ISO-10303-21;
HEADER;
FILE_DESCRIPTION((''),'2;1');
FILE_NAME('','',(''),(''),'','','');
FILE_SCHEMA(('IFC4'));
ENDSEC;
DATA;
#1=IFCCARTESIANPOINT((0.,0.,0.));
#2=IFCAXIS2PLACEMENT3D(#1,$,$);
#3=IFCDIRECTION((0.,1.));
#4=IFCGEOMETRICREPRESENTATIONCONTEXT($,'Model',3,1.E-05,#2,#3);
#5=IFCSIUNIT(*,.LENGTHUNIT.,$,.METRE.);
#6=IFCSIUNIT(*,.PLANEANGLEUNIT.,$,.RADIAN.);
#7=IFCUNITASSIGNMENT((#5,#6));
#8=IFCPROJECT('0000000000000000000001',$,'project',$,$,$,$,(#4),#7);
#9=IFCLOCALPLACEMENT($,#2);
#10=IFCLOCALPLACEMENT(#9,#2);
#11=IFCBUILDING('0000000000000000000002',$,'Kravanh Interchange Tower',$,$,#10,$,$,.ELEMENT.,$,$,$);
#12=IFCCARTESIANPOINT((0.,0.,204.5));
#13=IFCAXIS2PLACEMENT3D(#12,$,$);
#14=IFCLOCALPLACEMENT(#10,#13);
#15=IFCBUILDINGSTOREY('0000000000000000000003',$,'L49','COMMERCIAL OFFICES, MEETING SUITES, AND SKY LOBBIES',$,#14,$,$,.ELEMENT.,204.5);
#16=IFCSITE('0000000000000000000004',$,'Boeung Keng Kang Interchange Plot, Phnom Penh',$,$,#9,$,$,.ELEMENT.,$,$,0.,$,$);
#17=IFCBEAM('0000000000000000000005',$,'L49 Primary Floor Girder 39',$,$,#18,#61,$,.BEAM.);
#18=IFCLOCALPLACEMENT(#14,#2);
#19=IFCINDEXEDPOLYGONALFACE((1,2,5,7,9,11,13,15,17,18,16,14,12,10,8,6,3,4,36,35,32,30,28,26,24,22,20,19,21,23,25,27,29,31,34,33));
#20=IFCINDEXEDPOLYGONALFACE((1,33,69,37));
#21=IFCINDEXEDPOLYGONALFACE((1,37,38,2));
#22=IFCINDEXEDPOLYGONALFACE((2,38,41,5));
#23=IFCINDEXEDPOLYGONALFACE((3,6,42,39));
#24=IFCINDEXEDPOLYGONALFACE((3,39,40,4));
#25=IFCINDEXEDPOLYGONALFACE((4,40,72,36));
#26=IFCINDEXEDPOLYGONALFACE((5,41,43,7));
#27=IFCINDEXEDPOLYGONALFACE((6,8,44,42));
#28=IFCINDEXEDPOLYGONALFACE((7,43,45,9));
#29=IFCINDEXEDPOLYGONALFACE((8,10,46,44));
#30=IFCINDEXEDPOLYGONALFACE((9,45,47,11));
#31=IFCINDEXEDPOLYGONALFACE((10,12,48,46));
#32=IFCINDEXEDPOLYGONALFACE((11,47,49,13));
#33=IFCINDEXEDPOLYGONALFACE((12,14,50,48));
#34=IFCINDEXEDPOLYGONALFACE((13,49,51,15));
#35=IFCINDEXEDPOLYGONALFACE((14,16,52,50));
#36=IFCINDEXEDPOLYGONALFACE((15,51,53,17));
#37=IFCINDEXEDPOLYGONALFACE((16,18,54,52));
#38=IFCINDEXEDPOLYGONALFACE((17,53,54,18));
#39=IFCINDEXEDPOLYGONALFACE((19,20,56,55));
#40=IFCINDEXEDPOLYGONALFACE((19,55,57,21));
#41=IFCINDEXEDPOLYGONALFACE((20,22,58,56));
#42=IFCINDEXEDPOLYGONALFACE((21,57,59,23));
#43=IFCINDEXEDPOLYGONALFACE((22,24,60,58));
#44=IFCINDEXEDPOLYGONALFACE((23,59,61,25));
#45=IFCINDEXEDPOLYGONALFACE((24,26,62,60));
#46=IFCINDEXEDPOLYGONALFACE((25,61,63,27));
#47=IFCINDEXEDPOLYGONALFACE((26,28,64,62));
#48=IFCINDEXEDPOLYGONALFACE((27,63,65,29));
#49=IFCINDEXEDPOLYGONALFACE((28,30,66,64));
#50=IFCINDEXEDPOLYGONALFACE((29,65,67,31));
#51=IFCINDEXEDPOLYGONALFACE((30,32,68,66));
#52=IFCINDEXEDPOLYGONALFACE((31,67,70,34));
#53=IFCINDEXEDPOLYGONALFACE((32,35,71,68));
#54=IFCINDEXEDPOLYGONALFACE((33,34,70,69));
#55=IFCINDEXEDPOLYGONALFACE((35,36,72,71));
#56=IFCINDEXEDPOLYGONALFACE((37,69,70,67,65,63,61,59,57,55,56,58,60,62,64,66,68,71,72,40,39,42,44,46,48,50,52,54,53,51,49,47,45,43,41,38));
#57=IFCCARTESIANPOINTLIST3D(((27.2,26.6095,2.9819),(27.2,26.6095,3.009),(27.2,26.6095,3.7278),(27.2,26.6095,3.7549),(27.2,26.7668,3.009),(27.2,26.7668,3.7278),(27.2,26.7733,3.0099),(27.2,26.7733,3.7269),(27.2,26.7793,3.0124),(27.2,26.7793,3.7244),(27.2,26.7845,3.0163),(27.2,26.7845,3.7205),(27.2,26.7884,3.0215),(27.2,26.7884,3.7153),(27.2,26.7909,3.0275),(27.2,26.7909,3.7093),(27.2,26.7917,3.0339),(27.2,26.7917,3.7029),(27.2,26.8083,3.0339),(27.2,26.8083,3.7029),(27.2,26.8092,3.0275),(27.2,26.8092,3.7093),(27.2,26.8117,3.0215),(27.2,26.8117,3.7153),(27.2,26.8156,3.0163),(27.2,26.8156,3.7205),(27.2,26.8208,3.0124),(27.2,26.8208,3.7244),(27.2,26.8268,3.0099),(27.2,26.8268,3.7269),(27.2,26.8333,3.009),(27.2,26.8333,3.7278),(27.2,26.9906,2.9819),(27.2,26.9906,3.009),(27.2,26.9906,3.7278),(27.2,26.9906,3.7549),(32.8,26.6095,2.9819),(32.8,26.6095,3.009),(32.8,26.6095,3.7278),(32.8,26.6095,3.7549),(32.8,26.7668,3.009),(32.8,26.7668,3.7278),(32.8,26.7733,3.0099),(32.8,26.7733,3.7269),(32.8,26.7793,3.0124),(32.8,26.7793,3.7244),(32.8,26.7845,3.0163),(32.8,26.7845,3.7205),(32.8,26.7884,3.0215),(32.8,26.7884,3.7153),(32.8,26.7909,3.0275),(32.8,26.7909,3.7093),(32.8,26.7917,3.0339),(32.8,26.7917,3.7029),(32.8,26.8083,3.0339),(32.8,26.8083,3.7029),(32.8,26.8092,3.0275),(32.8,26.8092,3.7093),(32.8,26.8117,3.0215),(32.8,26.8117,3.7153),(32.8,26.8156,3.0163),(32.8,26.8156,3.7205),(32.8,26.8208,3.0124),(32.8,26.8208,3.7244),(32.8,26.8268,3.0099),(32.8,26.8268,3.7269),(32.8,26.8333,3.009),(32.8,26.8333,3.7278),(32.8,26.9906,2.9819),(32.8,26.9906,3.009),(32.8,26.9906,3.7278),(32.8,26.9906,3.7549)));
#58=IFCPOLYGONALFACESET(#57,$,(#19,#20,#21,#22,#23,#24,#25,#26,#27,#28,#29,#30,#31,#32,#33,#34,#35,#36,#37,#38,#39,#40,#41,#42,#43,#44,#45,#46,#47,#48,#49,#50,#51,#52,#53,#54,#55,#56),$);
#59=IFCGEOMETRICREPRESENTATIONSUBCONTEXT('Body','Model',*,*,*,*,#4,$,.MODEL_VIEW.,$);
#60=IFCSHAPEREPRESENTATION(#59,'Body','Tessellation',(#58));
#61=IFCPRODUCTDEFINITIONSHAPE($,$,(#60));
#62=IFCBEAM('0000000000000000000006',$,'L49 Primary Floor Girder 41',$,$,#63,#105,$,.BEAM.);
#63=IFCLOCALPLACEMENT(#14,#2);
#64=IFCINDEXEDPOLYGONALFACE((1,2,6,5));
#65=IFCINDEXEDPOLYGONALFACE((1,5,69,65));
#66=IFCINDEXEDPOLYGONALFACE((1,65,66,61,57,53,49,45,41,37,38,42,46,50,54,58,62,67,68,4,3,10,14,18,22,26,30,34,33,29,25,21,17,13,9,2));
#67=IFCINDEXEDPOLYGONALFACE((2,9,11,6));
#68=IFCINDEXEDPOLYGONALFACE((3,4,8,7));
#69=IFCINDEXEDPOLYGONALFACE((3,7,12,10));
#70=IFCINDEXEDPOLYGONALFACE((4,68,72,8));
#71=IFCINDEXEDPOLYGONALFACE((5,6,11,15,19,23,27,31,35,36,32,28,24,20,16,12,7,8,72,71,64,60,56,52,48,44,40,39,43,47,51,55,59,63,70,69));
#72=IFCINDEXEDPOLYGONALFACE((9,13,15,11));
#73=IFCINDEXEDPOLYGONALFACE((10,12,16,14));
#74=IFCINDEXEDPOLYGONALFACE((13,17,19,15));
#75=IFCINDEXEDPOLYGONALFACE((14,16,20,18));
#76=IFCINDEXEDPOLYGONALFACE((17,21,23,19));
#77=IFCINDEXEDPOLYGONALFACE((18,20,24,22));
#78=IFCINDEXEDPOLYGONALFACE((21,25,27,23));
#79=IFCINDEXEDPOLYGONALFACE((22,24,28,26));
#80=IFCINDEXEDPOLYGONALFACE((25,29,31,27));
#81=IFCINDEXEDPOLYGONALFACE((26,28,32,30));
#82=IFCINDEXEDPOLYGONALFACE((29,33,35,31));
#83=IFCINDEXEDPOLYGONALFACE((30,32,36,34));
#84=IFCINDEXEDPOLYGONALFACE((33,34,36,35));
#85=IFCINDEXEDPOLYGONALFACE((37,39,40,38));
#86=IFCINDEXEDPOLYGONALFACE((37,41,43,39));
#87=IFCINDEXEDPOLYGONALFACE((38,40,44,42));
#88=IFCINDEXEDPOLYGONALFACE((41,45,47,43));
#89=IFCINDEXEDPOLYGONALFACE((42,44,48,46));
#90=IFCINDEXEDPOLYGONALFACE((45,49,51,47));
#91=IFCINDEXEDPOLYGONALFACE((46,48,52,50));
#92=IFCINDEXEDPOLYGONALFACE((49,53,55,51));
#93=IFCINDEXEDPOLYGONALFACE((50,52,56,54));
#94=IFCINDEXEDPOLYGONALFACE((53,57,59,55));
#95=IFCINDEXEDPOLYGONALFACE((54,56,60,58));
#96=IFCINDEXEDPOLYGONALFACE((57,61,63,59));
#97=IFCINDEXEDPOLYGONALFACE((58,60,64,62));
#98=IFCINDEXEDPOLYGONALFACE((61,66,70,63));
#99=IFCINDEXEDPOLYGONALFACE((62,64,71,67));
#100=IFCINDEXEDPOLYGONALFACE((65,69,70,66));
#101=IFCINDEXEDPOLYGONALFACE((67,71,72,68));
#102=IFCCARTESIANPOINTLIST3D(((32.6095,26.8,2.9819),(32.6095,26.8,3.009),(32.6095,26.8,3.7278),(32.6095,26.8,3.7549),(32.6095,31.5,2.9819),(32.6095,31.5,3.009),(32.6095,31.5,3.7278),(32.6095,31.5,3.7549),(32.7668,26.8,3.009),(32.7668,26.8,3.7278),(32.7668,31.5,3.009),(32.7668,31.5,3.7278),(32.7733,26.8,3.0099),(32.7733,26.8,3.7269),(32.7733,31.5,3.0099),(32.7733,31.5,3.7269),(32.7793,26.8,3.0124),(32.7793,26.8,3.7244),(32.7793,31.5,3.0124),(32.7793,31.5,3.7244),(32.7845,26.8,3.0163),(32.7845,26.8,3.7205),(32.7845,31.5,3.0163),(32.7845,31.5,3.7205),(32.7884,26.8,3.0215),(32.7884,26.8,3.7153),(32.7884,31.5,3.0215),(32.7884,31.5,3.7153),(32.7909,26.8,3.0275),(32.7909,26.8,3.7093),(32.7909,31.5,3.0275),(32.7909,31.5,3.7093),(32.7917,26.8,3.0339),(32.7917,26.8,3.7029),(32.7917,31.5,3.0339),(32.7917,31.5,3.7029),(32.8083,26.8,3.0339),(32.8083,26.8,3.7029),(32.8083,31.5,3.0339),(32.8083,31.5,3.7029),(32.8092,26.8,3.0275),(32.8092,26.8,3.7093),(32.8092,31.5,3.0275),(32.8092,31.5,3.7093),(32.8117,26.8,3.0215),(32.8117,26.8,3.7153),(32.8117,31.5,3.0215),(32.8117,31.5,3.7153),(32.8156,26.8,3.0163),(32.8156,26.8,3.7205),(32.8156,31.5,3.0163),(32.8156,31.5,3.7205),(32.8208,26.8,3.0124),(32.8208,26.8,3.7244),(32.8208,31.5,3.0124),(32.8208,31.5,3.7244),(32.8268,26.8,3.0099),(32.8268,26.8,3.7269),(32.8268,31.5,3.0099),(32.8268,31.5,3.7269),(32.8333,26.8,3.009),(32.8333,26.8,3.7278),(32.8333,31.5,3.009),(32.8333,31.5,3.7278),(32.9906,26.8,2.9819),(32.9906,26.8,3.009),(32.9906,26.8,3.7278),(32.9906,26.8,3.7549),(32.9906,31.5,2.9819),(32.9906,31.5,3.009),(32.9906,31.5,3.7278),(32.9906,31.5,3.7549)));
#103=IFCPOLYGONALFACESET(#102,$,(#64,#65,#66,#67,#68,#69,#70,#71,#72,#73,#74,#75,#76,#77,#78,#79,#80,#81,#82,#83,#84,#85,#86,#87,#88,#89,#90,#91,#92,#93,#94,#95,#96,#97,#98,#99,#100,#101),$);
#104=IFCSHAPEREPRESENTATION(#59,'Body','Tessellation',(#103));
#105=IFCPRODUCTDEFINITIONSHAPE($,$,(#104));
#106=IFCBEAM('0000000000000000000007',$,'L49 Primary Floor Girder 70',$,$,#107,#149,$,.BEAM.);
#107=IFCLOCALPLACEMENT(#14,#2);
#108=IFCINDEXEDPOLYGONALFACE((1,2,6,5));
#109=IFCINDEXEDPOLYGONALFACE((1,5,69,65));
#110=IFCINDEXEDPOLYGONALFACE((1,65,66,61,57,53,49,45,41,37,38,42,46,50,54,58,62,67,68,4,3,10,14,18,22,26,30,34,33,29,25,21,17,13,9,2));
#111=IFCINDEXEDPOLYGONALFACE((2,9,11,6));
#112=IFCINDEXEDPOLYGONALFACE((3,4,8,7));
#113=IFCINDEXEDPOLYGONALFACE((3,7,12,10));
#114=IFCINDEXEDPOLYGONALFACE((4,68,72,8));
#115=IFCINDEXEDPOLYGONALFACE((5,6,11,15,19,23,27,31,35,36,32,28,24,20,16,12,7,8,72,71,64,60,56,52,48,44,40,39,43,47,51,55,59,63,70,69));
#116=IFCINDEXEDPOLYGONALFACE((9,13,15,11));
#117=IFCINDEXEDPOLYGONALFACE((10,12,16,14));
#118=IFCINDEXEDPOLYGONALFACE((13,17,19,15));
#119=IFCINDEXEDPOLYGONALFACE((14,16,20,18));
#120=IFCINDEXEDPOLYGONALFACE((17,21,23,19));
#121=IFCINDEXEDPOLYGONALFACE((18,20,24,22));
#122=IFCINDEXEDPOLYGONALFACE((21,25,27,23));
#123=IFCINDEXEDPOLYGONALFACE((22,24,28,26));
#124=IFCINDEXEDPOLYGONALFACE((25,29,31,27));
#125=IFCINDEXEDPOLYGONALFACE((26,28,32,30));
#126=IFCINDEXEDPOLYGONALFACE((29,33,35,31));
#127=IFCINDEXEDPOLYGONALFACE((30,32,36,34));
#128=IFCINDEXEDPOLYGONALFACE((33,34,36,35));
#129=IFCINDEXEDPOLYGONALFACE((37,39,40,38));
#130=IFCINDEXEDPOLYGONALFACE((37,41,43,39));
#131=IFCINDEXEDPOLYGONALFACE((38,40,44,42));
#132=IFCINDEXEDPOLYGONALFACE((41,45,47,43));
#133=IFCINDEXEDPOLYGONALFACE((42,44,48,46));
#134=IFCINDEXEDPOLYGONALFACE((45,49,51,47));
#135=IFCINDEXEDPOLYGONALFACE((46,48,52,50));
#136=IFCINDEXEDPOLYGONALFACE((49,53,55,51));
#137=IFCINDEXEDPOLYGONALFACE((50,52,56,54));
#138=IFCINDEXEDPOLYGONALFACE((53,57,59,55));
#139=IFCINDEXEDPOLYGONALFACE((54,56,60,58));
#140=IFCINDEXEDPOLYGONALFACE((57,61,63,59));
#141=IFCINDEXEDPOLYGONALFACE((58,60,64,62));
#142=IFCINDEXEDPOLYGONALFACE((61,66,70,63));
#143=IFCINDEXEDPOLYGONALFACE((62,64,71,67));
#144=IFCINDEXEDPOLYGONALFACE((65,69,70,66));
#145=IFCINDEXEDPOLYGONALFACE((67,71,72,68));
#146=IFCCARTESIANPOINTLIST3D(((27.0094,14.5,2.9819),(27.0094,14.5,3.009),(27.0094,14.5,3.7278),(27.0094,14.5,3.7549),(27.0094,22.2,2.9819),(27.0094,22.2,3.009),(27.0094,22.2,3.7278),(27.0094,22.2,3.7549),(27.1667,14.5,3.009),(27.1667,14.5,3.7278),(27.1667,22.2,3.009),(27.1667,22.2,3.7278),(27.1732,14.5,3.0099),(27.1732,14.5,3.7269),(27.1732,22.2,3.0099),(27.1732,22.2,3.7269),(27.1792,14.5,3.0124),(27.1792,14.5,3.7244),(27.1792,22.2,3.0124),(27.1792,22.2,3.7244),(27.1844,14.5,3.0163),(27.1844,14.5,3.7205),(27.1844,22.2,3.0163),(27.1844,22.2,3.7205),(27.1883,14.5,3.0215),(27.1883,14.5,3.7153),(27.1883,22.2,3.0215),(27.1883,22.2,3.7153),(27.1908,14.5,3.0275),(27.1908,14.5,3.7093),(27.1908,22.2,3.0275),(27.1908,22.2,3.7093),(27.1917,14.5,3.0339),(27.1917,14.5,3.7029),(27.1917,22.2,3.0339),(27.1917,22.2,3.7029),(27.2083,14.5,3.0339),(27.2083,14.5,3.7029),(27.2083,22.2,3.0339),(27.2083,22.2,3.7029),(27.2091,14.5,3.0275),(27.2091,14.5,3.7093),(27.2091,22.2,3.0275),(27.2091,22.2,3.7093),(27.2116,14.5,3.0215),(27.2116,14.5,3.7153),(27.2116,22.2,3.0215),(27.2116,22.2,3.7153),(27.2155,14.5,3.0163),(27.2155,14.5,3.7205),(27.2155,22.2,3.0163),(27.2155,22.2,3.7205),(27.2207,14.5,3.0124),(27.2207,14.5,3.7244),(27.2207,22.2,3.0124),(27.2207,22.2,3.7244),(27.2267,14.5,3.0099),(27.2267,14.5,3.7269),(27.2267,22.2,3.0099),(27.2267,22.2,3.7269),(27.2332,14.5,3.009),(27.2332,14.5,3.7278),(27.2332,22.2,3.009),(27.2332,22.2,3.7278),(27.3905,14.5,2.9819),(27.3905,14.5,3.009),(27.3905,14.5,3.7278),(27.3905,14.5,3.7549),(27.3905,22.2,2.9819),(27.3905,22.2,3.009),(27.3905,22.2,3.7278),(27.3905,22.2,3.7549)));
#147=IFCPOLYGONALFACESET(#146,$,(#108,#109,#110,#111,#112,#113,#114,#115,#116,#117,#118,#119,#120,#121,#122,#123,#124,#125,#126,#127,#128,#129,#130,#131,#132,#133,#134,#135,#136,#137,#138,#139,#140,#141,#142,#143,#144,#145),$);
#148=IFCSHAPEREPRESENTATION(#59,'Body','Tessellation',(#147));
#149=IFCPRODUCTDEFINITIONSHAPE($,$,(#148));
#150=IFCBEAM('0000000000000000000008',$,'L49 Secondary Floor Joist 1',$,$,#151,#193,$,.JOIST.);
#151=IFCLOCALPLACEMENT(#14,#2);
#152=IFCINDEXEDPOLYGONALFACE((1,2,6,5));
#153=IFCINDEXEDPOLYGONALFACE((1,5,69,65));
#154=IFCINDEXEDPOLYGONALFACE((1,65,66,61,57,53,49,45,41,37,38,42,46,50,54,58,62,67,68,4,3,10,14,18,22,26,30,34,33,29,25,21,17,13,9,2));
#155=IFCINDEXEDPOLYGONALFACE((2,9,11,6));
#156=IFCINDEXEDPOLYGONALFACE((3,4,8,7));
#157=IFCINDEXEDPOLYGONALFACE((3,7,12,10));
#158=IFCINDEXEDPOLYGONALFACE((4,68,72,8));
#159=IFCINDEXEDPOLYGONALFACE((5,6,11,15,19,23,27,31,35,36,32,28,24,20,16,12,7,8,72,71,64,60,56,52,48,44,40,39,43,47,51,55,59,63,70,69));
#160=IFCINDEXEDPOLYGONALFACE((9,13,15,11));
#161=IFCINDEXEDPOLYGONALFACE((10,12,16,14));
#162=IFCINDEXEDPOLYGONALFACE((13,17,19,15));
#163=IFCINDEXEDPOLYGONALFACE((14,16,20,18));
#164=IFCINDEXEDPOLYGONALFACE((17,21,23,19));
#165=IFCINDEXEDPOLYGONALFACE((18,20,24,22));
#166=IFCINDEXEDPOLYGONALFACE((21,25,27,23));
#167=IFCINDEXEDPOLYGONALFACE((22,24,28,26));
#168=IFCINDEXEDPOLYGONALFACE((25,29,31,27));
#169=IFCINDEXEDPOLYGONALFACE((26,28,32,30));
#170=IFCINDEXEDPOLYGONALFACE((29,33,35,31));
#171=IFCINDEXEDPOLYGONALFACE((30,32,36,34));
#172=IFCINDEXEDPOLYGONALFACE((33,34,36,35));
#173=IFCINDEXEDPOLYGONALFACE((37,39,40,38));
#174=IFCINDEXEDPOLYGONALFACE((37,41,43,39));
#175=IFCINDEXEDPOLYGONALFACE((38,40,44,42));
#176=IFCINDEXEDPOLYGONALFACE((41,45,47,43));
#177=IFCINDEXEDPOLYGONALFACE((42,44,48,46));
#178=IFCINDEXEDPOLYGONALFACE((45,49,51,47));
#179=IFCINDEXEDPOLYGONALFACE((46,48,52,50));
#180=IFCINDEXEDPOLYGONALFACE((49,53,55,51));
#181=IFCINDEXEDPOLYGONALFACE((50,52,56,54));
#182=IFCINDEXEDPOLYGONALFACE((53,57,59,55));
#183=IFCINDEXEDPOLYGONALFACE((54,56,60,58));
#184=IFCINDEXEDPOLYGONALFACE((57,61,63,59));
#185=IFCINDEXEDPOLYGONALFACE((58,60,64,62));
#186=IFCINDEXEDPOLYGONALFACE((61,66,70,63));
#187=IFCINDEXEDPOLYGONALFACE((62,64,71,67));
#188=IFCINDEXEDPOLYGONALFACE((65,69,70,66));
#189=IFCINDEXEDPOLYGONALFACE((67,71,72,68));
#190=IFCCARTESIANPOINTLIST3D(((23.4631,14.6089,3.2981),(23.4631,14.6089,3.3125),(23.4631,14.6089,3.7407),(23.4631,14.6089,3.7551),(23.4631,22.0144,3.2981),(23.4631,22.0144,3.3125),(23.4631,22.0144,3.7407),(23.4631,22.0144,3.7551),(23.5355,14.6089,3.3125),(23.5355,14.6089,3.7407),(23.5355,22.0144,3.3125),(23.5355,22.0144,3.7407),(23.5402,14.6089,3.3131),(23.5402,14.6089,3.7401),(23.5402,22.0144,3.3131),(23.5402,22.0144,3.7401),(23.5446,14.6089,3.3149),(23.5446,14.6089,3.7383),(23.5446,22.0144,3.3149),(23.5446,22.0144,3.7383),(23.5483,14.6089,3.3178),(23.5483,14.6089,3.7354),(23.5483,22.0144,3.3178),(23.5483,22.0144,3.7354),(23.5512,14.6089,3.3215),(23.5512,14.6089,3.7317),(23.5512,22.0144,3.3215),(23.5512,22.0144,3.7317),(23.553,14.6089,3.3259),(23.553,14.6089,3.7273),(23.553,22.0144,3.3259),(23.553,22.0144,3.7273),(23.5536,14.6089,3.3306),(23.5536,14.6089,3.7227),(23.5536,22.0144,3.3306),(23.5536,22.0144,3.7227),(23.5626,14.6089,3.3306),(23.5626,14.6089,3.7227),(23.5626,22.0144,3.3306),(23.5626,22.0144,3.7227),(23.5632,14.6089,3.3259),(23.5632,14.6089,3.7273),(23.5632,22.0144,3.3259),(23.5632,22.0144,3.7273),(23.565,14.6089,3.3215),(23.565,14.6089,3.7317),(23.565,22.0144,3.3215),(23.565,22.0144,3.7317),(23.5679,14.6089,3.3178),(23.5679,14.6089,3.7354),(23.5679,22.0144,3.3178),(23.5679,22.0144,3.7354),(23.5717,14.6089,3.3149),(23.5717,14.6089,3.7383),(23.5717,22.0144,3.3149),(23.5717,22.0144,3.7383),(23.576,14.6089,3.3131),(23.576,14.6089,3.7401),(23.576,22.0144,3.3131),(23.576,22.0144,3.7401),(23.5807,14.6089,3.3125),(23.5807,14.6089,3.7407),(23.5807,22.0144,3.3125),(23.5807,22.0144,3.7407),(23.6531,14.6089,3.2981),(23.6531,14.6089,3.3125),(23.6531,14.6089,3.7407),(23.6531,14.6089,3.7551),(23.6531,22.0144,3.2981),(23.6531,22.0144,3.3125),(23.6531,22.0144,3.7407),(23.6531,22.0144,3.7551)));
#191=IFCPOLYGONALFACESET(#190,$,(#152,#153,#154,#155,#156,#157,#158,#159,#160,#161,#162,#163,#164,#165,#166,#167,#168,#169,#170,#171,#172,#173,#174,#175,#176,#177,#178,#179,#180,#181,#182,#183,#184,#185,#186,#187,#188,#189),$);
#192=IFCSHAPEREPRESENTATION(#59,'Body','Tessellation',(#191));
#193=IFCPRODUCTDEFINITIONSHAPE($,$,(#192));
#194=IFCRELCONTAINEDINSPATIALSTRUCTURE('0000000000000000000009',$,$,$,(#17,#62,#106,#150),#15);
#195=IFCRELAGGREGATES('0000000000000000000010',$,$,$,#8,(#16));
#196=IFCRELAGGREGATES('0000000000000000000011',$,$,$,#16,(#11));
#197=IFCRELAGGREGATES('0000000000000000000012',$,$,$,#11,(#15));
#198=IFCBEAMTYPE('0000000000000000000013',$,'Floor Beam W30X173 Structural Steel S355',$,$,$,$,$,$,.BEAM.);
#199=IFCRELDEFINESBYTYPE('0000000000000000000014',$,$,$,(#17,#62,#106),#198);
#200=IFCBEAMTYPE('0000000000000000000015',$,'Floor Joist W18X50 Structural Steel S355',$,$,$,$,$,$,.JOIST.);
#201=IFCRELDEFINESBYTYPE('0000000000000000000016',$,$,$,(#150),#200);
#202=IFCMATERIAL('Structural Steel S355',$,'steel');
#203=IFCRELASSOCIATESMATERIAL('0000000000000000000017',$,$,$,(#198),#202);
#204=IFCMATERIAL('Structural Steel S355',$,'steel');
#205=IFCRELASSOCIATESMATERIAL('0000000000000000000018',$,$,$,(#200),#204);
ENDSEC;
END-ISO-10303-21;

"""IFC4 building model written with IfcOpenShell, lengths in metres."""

from ifc_helpers import new_model, si_unit, direction, frame, origin, origin_2d, place, context, subcontext, project, spatial, i_section, extrude, material, material_profile, profile_set, type_object, element, save


model = new_model("IFC4")

# Units and contexts
model_context = context("Model", 3, precision=1e-05, world=origin(), true_north=direction((0.0, 1.0)))
body_context = subcontext(model_context, "Body", "Model", "MODEL_VIEW")
ifc_project = project(units=[si_unit("LENGTHUNIT", "METRE"), si_unit("PLANEANGLEUNIT", "RADIAN")], contexts=[model_context])

# Site, building, storey
site_placement = place(None, origin())
site = spatial("IfcSite", under=ifc_project, at=site_placement, Name="Boeung Keng Kang Interchange Plot, Phnom Penh", CompositionType="ELEMENT", RefElevation=0.0)
building_placement = place(site_placement, origin())
building = spatial("IfcBuilding", under=site, at=building_placement, Name="Kravanh Interchange Tower", CompositionType="ELEMENT")
storey_placement = place(building_placement, frame((0.0, 0.0, 204.5)))
storey = spatial("IfcBuildingStorey", under=building, at=storey_placement, Name="L49", Description="COMMERCIAL OFFICES, MEETING SUITES, AND SKY LOBBIES", CompositionType="ELEMENT", Elevation=204.5)

# Beams
ifc_material_1 = material(Name="Structural Steel S355", Category="steel")
ifc_material_profile_1 = material_profile(ifc_material_1, i_section(OverallWidth=0.3811, OverallDepth=0.7729, WebThickness=0.0166, FlangeThickness=0.0271, FilletRadius=0.0249, at=origin_2d()), Name="W30X173")
ifc_profile_set_1 = profile_set([ifc_material_profile_1], Name="Structural Steel S355")
beam_type_1 = type_object("IfcBeamType", Name="Floor Beam W30X173 Structural Steel S355", PredefinedType="BEAM", material=ifc_profile_set_1)
beam_1_placement = place(storey_placement, frame((27.2, 26.8, 3.3684), z_axis=(1.0, 0.0, 0.0), x_axis=(0.0, 1.0, 0.0)))
element("IfcBeam", 1, at=beam_1_placement, inside=storey, type_object=beam_type_1, Name="L49 Primary Floor Girder 39", PredefinedType="BEAM", context=body_context, shape_type="SweptSolid", body=[
    extrude(i_section(OverallWidth=0.3811, OverallDepth=0.7729, WebThickness=0.0166, FlangeThickness=0.0271, FilletRadius=0.0249, at=origin_2d()), origin(), (0.0, 0.0, 1.0), 5.6001),
])
beam_2_placement = place(storey_placement, frame((32.8, 26.8, 3.3684), z_axis=(0.0, 1.0, 0.0), x_axis=(-1.0, 0.0, 0.0)))
element("IfcBeam", 2, at=beam_2_placement, inside=storey, type_object=beam_type_1, Name="L49 Primary Floor Girder 41", PredefinedType="BEAM", context=body_context, shape_type="SweptSolid", body=[
    extrude(i_section(OverallWidth=0.3811, OverallDepth=0.7729, WebThickness=0.0166, FlangeThickness=0.0271, FilletRadius=0.0249, at=origin_2d()), origin(), (0.0, 0.0, 1.0), 4.7),
])
beam_3_placement = place(storey_placement, frame((27.2, 14.5, 3.3684), z_axis=(0.0, 1.0, 0.0), x_axis=(-1.0, 0.0, 0.0)))
element("IfcBeam", 3, at=beam_3_placement, inside=storey, type_object=beam_type_1, Name="L49 Primary Floor Girder 70", PredefinedType="BEAM", context=body_context, shape_type="SweptSolid", body=[
    extrude(i_section(OverallWidth=0.3811, OverallDepth=0.7729, WebThickness=0.0166, FlangeThickness=0.0271, FilletRadius=0.0249, at=origin_2d()), origin(), (0.0, 0.0, 1.0), 7.7),
])
ifc_material_2 = material(Name="Structural Steel S355", Category="steel")
ifc_material_profile_2 = material_profile(ifc_material_2, i_section(OverallWidth=0.1899, OverallDepth=0.457, WebThickness=0.009, FlangeThickness=0.0144, FilletRadius=0.0181, at=origin_2d()), Name="W18X50")
ifc_profile_set_2 = profile_set([ifc_material_profile_2], Name="Structural Steel S355")
beam_type_2 = type_object("IfcBeamType", Name="Floor Joist W18X50 Structural Steel S355", PredefinedType="JOIST", material=ifc_profile_set_2)
for number, where, z_axis, x_axis, name in (
    (4, (23.5581, 14.6089, 3.5266), (0.0, 1.0, 0.0), (-1.0, 0.0, 0.0), "L49 Secondary Floor Joist 1"),
):
    element("IfcBeam", number, at=place(storey_placement, frame(where, z_axis=z_axis, x_axis=x_axis)), inside=storey, type_object=beam_type_2, Name=name, PredefinedType="JOIST", context=body_context, shape_type="SweptSolid", body=[
        extrude(i_section(OverallWidth=0.1899, OverallDepth=0.457, WebThickness=0.009, FlangeThickness=0.0144, FilletRadius=0.0181, at=origin_2d()), origin(), (0.0, 0.0, 1.0), 7.4055),
    ])

save(model, "model.ifc")
